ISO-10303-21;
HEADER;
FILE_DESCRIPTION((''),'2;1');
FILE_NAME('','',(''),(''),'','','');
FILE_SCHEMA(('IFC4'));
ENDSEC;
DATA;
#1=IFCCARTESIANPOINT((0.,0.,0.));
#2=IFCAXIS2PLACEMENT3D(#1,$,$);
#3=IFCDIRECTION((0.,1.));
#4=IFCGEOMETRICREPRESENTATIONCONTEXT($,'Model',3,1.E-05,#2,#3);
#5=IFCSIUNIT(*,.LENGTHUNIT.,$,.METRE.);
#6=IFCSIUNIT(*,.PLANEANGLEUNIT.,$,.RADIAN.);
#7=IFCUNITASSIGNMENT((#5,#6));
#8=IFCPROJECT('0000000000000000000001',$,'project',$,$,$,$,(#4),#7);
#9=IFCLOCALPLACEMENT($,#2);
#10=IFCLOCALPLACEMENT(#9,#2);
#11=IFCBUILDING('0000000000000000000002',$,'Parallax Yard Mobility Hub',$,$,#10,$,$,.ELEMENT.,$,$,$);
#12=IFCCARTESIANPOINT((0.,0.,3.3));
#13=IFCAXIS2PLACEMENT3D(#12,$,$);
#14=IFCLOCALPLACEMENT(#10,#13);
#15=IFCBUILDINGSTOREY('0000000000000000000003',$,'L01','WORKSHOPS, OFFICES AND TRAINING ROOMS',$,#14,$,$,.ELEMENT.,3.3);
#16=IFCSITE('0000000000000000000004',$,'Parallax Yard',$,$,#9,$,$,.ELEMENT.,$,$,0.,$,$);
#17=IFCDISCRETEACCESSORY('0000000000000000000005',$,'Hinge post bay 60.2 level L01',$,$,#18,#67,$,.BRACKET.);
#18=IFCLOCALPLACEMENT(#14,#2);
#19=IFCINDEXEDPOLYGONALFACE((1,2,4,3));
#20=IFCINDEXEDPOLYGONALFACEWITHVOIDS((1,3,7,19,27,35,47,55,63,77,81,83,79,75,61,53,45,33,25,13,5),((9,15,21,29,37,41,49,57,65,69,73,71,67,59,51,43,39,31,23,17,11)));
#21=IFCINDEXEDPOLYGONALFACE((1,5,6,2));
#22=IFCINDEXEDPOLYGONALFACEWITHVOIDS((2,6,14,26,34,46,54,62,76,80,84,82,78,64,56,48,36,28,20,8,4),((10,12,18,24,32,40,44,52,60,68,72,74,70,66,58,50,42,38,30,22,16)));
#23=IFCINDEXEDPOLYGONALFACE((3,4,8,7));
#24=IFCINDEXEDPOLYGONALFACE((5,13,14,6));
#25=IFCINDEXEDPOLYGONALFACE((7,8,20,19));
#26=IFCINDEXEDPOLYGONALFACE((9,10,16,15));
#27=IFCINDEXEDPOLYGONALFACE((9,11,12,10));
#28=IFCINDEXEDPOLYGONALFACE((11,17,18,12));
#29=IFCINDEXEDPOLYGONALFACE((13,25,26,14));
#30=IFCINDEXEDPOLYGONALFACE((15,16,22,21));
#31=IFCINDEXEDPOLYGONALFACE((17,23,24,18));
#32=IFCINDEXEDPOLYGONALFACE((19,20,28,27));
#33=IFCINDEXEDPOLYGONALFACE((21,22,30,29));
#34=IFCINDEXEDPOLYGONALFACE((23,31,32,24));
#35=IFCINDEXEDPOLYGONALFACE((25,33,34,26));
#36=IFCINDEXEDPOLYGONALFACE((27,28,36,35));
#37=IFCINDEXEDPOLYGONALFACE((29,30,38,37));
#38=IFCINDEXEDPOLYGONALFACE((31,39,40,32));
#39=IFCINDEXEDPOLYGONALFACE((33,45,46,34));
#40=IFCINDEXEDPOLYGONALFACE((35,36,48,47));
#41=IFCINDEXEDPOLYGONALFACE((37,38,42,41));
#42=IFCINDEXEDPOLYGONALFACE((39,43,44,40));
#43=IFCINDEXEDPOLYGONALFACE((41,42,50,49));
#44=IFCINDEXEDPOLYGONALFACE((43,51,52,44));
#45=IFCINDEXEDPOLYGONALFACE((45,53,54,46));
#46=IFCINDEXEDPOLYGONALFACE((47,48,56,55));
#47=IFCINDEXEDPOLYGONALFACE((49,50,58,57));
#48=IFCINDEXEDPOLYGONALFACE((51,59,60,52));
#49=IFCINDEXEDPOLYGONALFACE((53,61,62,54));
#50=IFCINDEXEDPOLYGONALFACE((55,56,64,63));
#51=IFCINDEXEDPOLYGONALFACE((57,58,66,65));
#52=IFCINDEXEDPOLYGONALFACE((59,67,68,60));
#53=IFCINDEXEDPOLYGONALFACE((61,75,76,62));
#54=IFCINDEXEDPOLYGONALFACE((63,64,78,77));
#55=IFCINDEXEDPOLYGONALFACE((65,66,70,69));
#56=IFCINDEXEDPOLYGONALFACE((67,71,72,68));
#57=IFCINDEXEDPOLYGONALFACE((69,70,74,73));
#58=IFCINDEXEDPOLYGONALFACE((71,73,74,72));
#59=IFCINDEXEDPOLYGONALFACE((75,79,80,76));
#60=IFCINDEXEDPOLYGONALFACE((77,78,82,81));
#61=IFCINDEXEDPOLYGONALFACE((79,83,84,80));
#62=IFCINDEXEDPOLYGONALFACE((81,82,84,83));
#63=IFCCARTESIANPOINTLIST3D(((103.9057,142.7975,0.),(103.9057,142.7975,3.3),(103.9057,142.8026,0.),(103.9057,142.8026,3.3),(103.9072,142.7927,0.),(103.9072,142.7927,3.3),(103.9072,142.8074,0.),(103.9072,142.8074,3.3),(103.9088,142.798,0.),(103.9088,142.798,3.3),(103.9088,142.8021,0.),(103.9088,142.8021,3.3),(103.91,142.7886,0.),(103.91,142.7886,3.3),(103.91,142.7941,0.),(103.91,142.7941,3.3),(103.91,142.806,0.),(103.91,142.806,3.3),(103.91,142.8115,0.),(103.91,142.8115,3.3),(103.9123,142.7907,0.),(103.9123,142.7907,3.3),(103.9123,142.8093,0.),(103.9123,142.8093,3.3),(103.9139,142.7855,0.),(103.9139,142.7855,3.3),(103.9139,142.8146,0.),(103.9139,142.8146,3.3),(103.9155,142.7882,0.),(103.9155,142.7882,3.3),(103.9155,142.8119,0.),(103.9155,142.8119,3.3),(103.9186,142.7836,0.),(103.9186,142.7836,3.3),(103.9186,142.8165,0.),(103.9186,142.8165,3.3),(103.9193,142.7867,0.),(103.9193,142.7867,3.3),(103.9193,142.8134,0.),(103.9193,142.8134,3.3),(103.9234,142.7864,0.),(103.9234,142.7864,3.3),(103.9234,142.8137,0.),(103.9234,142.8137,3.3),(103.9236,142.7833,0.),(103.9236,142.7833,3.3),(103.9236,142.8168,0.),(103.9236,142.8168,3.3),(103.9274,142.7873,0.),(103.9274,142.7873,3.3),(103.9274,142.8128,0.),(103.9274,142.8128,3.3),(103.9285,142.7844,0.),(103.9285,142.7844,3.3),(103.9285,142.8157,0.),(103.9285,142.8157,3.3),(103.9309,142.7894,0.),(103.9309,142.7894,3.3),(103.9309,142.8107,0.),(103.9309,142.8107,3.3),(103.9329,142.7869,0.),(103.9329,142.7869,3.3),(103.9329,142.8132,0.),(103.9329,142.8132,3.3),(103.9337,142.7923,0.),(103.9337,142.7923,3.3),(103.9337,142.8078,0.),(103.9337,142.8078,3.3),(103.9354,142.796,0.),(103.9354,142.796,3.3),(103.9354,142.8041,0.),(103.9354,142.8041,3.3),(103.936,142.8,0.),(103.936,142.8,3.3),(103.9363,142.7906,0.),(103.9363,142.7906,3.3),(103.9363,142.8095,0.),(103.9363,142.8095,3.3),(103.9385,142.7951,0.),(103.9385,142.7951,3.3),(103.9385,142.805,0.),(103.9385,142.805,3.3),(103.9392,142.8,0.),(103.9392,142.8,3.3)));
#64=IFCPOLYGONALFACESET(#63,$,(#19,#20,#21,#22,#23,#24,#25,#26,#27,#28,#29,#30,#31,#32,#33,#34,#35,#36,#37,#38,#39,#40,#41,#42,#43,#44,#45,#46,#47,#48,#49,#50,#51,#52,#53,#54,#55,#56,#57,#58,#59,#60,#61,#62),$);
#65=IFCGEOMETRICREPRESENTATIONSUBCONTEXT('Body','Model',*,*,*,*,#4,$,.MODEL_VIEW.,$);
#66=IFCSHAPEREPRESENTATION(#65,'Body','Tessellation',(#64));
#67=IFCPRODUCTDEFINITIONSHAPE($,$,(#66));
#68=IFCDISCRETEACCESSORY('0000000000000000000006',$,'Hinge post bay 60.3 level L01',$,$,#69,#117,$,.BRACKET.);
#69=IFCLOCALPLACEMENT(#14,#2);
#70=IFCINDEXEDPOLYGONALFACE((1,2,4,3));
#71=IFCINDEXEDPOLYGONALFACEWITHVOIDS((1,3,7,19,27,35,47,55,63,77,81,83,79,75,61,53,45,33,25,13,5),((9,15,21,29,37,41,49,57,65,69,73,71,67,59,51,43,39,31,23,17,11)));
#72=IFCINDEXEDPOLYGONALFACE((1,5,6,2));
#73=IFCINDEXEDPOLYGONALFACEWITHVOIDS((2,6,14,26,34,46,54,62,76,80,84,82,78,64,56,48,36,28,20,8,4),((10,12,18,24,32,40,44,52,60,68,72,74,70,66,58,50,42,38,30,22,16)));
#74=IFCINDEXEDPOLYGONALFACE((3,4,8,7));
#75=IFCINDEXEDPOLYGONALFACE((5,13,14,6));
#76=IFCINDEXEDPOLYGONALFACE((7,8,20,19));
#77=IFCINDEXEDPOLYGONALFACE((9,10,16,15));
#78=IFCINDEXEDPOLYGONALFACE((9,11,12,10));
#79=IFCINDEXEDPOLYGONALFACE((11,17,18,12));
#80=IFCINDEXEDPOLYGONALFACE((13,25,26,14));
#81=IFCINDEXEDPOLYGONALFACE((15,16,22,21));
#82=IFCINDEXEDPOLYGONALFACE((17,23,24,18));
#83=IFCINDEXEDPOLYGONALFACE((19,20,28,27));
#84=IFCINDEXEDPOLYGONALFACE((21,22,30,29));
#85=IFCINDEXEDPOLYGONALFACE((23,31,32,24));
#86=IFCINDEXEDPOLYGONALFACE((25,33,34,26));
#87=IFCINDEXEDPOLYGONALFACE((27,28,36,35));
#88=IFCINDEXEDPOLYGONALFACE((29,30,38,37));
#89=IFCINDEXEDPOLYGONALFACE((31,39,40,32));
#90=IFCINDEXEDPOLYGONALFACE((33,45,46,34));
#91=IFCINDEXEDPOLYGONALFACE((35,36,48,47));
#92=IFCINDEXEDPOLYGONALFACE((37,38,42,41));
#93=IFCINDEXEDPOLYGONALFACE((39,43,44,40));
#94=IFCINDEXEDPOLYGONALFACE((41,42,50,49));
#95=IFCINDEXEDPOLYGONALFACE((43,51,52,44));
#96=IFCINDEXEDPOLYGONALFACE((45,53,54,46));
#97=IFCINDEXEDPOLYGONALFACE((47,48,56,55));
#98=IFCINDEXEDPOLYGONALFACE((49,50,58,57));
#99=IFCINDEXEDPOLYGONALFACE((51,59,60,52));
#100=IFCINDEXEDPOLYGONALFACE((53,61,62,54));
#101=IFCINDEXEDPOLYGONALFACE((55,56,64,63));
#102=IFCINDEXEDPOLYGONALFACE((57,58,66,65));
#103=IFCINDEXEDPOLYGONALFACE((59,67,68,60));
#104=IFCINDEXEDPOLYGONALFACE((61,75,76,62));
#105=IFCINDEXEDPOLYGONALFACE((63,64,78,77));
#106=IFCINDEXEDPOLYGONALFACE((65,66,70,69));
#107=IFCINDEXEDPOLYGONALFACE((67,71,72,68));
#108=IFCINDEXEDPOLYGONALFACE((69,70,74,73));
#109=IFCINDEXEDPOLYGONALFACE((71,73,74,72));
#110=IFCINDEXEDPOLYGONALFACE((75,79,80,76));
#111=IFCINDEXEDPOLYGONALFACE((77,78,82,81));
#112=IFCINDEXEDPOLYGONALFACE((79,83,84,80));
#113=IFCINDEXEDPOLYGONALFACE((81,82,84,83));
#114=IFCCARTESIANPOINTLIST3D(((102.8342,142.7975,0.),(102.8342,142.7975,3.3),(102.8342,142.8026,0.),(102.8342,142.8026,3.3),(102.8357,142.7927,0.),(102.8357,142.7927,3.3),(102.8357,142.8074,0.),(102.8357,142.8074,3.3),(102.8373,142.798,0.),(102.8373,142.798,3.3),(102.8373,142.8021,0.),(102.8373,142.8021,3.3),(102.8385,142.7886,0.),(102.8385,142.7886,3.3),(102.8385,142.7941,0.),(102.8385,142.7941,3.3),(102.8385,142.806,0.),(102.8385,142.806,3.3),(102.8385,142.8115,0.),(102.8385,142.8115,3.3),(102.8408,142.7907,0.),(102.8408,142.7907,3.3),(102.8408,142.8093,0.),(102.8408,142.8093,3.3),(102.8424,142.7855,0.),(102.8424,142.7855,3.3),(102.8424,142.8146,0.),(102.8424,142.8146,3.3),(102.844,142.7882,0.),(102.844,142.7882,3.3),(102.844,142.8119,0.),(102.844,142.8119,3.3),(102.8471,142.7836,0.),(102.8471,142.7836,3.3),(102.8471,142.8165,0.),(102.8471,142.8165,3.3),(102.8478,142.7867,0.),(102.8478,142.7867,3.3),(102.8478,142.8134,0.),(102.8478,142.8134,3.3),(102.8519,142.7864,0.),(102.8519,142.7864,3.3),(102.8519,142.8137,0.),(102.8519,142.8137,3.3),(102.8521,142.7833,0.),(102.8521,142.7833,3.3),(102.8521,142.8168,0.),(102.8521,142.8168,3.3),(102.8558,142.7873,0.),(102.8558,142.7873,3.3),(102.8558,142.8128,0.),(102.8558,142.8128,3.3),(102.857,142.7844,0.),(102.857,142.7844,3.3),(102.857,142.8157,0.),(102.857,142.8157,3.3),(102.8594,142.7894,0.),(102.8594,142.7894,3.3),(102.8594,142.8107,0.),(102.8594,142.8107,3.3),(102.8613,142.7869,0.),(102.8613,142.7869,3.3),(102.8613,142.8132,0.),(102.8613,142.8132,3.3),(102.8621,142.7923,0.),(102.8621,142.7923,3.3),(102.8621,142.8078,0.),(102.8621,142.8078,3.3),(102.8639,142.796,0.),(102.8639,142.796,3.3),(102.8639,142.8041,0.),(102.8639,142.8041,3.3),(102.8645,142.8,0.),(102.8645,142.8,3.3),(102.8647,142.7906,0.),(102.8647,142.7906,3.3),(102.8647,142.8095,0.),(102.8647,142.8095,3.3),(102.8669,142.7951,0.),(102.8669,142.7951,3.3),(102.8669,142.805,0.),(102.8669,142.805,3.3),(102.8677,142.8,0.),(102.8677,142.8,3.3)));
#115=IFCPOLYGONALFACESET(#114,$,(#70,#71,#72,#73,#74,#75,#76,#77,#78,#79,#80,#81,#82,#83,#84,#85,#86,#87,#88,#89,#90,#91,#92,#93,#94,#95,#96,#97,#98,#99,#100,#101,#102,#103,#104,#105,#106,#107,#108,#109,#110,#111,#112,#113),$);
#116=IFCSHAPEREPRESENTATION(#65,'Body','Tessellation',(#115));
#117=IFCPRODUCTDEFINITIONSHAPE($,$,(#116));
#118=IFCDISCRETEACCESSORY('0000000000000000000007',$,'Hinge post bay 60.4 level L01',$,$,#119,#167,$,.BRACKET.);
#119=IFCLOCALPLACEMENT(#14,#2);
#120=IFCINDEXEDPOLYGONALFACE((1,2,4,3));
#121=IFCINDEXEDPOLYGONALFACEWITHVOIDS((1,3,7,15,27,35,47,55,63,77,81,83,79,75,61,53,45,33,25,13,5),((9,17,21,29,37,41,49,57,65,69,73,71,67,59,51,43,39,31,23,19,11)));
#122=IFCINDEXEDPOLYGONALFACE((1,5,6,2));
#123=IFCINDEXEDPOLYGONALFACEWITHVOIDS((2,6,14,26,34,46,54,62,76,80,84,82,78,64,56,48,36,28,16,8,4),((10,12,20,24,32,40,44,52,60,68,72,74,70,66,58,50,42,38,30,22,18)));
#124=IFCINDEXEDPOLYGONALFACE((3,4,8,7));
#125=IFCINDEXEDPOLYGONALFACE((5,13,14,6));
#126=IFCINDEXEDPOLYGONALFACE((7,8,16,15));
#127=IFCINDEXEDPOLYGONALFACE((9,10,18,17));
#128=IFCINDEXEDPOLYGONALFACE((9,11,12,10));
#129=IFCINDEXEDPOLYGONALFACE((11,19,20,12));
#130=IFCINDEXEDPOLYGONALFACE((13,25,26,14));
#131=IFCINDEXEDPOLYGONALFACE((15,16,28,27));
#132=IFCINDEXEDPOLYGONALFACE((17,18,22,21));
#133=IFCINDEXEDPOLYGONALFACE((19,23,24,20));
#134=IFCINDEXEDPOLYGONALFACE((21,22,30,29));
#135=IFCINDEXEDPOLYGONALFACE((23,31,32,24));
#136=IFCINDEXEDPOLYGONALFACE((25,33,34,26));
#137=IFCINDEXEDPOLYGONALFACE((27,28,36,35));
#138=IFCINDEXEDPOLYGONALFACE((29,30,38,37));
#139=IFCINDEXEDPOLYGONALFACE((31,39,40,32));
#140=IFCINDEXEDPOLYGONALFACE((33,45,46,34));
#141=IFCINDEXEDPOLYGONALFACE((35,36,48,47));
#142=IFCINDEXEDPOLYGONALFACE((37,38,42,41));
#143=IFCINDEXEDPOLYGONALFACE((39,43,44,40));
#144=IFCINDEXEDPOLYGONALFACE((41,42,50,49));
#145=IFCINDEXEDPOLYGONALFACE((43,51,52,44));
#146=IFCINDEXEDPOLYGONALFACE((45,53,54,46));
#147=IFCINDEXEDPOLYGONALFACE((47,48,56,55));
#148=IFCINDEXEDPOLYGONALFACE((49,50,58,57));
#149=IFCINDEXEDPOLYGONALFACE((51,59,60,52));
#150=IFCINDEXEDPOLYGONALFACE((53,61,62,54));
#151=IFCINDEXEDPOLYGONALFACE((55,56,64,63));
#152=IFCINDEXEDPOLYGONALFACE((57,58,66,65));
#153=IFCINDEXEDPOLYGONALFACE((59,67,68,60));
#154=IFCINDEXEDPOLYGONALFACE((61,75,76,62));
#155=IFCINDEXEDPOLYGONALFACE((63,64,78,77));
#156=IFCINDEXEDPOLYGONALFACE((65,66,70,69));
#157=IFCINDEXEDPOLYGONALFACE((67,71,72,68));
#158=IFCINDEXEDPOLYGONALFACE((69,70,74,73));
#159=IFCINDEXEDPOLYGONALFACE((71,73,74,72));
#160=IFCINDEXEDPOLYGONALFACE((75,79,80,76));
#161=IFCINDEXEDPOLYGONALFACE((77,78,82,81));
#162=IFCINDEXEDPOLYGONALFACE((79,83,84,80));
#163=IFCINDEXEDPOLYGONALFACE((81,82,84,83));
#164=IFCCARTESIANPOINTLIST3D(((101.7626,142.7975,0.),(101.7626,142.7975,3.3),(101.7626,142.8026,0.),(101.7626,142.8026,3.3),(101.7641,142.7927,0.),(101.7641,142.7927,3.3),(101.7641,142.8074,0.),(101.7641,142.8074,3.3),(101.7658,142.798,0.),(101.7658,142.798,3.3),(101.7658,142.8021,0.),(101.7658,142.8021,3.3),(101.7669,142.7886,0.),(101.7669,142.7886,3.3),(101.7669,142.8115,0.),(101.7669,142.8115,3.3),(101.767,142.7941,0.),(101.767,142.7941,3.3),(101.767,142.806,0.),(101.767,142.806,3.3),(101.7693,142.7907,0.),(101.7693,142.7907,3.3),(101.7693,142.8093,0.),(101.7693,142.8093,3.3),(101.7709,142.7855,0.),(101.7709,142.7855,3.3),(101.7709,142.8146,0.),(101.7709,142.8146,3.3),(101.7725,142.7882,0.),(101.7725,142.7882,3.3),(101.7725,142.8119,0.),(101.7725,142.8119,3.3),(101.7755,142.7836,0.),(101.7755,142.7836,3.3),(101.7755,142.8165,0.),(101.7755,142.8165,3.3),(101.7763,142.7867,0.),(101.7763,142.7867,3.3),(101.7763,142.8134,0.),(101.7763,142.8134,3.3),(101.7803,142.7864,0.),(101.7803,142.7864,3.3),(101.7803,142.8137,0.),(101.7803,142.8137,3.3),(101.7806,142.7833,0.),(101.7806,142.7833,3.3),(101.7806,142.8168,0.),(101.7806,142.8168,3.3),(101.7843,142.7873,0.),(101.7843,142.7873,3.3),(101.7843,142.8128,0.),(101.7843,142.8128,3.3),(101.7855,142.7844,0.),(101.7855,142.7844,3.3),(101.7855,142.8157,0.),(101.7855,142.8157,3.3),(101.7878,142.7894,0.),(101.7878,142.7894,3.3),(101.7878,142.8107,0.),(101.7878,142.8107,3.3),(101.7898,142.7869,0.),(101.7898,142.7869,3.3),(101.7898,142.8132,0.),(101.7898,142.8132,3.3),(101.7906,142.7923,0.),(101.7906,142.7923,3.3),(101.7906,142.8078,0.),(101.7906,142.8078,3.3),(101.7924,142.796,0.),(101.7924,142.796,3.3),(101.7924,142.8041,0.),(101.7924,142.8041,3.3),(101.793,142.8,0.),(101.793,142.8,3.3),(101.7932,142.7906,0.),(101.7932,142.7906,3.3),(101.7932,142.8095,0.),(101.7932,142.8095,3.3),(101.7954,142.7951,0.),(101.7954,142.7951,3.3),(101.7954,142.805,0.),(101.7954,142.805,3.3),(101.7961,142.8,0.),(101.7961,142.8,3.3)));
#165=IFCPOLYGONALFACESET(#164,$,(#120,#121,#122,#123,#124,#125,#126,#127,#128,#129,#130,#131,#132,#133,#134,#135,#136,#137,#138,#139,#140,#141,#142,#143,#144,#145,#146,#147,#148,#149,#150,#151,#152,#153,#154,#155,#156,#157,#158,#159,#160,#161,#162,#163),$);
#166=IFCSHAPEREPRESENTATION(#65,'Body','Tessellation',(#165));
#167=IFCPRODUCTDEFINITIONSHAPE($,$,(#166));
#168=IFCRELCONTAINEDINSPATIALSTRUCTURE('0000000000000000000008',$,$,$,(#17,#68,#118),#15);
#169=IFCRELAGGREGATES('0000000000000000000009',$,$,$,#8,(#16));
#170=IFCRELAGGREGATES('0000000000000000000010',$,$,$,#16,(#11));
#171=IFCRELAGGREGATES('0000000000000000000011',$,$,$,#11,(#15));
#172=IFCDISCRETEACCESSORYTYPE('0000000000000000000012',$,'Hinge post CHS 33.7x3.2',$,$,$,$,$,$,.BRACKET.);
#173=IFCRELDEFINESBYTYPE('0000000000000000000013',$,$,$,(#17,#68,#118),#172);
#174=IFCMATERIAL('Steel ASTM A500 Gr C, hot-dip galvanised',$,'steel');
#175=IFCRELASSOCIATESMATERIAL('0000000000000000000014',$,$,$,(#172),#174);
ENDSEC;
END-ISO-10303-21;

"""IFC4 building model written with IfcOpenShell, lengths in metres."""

from ifc_helpers import new_model, si_unit, direction, frame, origin, origin_2d, place, context, subcontext, project, spatial, hollow_circle, extrude, material, material_profile, profile_set, type_object, element, save


model = new_model("IFC4")

# Units and contexts
model_context = context("Model", 3, precision=1e-05, world=origin(), true_north=direction((0.0, 1.0)))
body_context = subcontext(model_context, "Body", "Model", "MODEL_VIEW")
ifc_project = project(units=[si_unit("LENGTHUNIT", "METRE"), si_unit("PLANEANGLEUNIT", "RADIAN")], contexts=[model_context])

# Site, building, storey
site_placement = place(None, origin())
site = spatial("IfcSite", under=ifc_project, at=site_placement, Name="Parallax Yard", CompositionType="ELEMENT", RefElevation=0.0)
building_placement = place(site_placement, origin())
building = spatial("IfcBuilding", under=site, at=building_placement, Name="Parallax Yard Mobility Hub", CompositionType="ELEMENT")
storey_placement = place(building_placement, frame((0.0, 0.0, 3.3)))
storey = spatial("IfcBuildingStorey", under=building, at=storey_placement, Name="L01", Description="WORKSHOPS, OFFICES AND TRAINING ROOMS", CompositionType="ELEMENT", Elevation=3.3)

# Discrete accessories
ifc_material_1 = material(Name="Steel ASTM A500 Gr C, hot-dip galvanised", Category="steel")
ifc_material_profile = material_profile(ifc_material_1, hollow_circle(Radius=0.0168, WallThickness=0.0032, at=origin_2d()), Name="CHS 33.7x3.2")
ifc_profile_set = profile_set([ifc_material_profile], Name="Steel ASTM A500 Gr C, hot-dip galvanised")
discrete_accessory_type_1 = type_object("IfcDiscreteAccessoryType", Name="Hinge post CHS 33.7x3.2", PredefinedType="BRACKET", material=ifc_profile_set)
for number, where, z_axis, x_axis, name in (
    (1, (103.9224, 142.8, 0.0), (0.0, 0.0, 1.0), (1.0, 0.0, 0.0), "Hinge post bay 60.2 level L01"),
    (2, (102.8508, 142.8, 0.0), (0.0, 0.0, 1.0), (1.0, 0.0, 0.0), "Hinge post bay 60.3 level L01"),
    (3, (101.7793, 142.8, 0.0), (0.0, 0.0, 1.0), (1.0, 0.0, 0.0), "Hinge post bay 60.4 level L01"),
):
    element("IfcDiscreteAccessory", number, at=place(storey_placement, frame(where, z_axis=z_axis, x_axis=x_axis)), inside=storey, type_object=discrete_accessory_type_1, Name=name, PredefinedType="BRACKET", context=body_context, shape_type="SweptSolid", body=[
        extrude(hollow_circle(Radius=0.0168, WallThickness=0.0032, at=origin_2d()), origin(), (0.0, 0.0, 1.0), 3.3),
    ])

save(model, "model.ifc")
